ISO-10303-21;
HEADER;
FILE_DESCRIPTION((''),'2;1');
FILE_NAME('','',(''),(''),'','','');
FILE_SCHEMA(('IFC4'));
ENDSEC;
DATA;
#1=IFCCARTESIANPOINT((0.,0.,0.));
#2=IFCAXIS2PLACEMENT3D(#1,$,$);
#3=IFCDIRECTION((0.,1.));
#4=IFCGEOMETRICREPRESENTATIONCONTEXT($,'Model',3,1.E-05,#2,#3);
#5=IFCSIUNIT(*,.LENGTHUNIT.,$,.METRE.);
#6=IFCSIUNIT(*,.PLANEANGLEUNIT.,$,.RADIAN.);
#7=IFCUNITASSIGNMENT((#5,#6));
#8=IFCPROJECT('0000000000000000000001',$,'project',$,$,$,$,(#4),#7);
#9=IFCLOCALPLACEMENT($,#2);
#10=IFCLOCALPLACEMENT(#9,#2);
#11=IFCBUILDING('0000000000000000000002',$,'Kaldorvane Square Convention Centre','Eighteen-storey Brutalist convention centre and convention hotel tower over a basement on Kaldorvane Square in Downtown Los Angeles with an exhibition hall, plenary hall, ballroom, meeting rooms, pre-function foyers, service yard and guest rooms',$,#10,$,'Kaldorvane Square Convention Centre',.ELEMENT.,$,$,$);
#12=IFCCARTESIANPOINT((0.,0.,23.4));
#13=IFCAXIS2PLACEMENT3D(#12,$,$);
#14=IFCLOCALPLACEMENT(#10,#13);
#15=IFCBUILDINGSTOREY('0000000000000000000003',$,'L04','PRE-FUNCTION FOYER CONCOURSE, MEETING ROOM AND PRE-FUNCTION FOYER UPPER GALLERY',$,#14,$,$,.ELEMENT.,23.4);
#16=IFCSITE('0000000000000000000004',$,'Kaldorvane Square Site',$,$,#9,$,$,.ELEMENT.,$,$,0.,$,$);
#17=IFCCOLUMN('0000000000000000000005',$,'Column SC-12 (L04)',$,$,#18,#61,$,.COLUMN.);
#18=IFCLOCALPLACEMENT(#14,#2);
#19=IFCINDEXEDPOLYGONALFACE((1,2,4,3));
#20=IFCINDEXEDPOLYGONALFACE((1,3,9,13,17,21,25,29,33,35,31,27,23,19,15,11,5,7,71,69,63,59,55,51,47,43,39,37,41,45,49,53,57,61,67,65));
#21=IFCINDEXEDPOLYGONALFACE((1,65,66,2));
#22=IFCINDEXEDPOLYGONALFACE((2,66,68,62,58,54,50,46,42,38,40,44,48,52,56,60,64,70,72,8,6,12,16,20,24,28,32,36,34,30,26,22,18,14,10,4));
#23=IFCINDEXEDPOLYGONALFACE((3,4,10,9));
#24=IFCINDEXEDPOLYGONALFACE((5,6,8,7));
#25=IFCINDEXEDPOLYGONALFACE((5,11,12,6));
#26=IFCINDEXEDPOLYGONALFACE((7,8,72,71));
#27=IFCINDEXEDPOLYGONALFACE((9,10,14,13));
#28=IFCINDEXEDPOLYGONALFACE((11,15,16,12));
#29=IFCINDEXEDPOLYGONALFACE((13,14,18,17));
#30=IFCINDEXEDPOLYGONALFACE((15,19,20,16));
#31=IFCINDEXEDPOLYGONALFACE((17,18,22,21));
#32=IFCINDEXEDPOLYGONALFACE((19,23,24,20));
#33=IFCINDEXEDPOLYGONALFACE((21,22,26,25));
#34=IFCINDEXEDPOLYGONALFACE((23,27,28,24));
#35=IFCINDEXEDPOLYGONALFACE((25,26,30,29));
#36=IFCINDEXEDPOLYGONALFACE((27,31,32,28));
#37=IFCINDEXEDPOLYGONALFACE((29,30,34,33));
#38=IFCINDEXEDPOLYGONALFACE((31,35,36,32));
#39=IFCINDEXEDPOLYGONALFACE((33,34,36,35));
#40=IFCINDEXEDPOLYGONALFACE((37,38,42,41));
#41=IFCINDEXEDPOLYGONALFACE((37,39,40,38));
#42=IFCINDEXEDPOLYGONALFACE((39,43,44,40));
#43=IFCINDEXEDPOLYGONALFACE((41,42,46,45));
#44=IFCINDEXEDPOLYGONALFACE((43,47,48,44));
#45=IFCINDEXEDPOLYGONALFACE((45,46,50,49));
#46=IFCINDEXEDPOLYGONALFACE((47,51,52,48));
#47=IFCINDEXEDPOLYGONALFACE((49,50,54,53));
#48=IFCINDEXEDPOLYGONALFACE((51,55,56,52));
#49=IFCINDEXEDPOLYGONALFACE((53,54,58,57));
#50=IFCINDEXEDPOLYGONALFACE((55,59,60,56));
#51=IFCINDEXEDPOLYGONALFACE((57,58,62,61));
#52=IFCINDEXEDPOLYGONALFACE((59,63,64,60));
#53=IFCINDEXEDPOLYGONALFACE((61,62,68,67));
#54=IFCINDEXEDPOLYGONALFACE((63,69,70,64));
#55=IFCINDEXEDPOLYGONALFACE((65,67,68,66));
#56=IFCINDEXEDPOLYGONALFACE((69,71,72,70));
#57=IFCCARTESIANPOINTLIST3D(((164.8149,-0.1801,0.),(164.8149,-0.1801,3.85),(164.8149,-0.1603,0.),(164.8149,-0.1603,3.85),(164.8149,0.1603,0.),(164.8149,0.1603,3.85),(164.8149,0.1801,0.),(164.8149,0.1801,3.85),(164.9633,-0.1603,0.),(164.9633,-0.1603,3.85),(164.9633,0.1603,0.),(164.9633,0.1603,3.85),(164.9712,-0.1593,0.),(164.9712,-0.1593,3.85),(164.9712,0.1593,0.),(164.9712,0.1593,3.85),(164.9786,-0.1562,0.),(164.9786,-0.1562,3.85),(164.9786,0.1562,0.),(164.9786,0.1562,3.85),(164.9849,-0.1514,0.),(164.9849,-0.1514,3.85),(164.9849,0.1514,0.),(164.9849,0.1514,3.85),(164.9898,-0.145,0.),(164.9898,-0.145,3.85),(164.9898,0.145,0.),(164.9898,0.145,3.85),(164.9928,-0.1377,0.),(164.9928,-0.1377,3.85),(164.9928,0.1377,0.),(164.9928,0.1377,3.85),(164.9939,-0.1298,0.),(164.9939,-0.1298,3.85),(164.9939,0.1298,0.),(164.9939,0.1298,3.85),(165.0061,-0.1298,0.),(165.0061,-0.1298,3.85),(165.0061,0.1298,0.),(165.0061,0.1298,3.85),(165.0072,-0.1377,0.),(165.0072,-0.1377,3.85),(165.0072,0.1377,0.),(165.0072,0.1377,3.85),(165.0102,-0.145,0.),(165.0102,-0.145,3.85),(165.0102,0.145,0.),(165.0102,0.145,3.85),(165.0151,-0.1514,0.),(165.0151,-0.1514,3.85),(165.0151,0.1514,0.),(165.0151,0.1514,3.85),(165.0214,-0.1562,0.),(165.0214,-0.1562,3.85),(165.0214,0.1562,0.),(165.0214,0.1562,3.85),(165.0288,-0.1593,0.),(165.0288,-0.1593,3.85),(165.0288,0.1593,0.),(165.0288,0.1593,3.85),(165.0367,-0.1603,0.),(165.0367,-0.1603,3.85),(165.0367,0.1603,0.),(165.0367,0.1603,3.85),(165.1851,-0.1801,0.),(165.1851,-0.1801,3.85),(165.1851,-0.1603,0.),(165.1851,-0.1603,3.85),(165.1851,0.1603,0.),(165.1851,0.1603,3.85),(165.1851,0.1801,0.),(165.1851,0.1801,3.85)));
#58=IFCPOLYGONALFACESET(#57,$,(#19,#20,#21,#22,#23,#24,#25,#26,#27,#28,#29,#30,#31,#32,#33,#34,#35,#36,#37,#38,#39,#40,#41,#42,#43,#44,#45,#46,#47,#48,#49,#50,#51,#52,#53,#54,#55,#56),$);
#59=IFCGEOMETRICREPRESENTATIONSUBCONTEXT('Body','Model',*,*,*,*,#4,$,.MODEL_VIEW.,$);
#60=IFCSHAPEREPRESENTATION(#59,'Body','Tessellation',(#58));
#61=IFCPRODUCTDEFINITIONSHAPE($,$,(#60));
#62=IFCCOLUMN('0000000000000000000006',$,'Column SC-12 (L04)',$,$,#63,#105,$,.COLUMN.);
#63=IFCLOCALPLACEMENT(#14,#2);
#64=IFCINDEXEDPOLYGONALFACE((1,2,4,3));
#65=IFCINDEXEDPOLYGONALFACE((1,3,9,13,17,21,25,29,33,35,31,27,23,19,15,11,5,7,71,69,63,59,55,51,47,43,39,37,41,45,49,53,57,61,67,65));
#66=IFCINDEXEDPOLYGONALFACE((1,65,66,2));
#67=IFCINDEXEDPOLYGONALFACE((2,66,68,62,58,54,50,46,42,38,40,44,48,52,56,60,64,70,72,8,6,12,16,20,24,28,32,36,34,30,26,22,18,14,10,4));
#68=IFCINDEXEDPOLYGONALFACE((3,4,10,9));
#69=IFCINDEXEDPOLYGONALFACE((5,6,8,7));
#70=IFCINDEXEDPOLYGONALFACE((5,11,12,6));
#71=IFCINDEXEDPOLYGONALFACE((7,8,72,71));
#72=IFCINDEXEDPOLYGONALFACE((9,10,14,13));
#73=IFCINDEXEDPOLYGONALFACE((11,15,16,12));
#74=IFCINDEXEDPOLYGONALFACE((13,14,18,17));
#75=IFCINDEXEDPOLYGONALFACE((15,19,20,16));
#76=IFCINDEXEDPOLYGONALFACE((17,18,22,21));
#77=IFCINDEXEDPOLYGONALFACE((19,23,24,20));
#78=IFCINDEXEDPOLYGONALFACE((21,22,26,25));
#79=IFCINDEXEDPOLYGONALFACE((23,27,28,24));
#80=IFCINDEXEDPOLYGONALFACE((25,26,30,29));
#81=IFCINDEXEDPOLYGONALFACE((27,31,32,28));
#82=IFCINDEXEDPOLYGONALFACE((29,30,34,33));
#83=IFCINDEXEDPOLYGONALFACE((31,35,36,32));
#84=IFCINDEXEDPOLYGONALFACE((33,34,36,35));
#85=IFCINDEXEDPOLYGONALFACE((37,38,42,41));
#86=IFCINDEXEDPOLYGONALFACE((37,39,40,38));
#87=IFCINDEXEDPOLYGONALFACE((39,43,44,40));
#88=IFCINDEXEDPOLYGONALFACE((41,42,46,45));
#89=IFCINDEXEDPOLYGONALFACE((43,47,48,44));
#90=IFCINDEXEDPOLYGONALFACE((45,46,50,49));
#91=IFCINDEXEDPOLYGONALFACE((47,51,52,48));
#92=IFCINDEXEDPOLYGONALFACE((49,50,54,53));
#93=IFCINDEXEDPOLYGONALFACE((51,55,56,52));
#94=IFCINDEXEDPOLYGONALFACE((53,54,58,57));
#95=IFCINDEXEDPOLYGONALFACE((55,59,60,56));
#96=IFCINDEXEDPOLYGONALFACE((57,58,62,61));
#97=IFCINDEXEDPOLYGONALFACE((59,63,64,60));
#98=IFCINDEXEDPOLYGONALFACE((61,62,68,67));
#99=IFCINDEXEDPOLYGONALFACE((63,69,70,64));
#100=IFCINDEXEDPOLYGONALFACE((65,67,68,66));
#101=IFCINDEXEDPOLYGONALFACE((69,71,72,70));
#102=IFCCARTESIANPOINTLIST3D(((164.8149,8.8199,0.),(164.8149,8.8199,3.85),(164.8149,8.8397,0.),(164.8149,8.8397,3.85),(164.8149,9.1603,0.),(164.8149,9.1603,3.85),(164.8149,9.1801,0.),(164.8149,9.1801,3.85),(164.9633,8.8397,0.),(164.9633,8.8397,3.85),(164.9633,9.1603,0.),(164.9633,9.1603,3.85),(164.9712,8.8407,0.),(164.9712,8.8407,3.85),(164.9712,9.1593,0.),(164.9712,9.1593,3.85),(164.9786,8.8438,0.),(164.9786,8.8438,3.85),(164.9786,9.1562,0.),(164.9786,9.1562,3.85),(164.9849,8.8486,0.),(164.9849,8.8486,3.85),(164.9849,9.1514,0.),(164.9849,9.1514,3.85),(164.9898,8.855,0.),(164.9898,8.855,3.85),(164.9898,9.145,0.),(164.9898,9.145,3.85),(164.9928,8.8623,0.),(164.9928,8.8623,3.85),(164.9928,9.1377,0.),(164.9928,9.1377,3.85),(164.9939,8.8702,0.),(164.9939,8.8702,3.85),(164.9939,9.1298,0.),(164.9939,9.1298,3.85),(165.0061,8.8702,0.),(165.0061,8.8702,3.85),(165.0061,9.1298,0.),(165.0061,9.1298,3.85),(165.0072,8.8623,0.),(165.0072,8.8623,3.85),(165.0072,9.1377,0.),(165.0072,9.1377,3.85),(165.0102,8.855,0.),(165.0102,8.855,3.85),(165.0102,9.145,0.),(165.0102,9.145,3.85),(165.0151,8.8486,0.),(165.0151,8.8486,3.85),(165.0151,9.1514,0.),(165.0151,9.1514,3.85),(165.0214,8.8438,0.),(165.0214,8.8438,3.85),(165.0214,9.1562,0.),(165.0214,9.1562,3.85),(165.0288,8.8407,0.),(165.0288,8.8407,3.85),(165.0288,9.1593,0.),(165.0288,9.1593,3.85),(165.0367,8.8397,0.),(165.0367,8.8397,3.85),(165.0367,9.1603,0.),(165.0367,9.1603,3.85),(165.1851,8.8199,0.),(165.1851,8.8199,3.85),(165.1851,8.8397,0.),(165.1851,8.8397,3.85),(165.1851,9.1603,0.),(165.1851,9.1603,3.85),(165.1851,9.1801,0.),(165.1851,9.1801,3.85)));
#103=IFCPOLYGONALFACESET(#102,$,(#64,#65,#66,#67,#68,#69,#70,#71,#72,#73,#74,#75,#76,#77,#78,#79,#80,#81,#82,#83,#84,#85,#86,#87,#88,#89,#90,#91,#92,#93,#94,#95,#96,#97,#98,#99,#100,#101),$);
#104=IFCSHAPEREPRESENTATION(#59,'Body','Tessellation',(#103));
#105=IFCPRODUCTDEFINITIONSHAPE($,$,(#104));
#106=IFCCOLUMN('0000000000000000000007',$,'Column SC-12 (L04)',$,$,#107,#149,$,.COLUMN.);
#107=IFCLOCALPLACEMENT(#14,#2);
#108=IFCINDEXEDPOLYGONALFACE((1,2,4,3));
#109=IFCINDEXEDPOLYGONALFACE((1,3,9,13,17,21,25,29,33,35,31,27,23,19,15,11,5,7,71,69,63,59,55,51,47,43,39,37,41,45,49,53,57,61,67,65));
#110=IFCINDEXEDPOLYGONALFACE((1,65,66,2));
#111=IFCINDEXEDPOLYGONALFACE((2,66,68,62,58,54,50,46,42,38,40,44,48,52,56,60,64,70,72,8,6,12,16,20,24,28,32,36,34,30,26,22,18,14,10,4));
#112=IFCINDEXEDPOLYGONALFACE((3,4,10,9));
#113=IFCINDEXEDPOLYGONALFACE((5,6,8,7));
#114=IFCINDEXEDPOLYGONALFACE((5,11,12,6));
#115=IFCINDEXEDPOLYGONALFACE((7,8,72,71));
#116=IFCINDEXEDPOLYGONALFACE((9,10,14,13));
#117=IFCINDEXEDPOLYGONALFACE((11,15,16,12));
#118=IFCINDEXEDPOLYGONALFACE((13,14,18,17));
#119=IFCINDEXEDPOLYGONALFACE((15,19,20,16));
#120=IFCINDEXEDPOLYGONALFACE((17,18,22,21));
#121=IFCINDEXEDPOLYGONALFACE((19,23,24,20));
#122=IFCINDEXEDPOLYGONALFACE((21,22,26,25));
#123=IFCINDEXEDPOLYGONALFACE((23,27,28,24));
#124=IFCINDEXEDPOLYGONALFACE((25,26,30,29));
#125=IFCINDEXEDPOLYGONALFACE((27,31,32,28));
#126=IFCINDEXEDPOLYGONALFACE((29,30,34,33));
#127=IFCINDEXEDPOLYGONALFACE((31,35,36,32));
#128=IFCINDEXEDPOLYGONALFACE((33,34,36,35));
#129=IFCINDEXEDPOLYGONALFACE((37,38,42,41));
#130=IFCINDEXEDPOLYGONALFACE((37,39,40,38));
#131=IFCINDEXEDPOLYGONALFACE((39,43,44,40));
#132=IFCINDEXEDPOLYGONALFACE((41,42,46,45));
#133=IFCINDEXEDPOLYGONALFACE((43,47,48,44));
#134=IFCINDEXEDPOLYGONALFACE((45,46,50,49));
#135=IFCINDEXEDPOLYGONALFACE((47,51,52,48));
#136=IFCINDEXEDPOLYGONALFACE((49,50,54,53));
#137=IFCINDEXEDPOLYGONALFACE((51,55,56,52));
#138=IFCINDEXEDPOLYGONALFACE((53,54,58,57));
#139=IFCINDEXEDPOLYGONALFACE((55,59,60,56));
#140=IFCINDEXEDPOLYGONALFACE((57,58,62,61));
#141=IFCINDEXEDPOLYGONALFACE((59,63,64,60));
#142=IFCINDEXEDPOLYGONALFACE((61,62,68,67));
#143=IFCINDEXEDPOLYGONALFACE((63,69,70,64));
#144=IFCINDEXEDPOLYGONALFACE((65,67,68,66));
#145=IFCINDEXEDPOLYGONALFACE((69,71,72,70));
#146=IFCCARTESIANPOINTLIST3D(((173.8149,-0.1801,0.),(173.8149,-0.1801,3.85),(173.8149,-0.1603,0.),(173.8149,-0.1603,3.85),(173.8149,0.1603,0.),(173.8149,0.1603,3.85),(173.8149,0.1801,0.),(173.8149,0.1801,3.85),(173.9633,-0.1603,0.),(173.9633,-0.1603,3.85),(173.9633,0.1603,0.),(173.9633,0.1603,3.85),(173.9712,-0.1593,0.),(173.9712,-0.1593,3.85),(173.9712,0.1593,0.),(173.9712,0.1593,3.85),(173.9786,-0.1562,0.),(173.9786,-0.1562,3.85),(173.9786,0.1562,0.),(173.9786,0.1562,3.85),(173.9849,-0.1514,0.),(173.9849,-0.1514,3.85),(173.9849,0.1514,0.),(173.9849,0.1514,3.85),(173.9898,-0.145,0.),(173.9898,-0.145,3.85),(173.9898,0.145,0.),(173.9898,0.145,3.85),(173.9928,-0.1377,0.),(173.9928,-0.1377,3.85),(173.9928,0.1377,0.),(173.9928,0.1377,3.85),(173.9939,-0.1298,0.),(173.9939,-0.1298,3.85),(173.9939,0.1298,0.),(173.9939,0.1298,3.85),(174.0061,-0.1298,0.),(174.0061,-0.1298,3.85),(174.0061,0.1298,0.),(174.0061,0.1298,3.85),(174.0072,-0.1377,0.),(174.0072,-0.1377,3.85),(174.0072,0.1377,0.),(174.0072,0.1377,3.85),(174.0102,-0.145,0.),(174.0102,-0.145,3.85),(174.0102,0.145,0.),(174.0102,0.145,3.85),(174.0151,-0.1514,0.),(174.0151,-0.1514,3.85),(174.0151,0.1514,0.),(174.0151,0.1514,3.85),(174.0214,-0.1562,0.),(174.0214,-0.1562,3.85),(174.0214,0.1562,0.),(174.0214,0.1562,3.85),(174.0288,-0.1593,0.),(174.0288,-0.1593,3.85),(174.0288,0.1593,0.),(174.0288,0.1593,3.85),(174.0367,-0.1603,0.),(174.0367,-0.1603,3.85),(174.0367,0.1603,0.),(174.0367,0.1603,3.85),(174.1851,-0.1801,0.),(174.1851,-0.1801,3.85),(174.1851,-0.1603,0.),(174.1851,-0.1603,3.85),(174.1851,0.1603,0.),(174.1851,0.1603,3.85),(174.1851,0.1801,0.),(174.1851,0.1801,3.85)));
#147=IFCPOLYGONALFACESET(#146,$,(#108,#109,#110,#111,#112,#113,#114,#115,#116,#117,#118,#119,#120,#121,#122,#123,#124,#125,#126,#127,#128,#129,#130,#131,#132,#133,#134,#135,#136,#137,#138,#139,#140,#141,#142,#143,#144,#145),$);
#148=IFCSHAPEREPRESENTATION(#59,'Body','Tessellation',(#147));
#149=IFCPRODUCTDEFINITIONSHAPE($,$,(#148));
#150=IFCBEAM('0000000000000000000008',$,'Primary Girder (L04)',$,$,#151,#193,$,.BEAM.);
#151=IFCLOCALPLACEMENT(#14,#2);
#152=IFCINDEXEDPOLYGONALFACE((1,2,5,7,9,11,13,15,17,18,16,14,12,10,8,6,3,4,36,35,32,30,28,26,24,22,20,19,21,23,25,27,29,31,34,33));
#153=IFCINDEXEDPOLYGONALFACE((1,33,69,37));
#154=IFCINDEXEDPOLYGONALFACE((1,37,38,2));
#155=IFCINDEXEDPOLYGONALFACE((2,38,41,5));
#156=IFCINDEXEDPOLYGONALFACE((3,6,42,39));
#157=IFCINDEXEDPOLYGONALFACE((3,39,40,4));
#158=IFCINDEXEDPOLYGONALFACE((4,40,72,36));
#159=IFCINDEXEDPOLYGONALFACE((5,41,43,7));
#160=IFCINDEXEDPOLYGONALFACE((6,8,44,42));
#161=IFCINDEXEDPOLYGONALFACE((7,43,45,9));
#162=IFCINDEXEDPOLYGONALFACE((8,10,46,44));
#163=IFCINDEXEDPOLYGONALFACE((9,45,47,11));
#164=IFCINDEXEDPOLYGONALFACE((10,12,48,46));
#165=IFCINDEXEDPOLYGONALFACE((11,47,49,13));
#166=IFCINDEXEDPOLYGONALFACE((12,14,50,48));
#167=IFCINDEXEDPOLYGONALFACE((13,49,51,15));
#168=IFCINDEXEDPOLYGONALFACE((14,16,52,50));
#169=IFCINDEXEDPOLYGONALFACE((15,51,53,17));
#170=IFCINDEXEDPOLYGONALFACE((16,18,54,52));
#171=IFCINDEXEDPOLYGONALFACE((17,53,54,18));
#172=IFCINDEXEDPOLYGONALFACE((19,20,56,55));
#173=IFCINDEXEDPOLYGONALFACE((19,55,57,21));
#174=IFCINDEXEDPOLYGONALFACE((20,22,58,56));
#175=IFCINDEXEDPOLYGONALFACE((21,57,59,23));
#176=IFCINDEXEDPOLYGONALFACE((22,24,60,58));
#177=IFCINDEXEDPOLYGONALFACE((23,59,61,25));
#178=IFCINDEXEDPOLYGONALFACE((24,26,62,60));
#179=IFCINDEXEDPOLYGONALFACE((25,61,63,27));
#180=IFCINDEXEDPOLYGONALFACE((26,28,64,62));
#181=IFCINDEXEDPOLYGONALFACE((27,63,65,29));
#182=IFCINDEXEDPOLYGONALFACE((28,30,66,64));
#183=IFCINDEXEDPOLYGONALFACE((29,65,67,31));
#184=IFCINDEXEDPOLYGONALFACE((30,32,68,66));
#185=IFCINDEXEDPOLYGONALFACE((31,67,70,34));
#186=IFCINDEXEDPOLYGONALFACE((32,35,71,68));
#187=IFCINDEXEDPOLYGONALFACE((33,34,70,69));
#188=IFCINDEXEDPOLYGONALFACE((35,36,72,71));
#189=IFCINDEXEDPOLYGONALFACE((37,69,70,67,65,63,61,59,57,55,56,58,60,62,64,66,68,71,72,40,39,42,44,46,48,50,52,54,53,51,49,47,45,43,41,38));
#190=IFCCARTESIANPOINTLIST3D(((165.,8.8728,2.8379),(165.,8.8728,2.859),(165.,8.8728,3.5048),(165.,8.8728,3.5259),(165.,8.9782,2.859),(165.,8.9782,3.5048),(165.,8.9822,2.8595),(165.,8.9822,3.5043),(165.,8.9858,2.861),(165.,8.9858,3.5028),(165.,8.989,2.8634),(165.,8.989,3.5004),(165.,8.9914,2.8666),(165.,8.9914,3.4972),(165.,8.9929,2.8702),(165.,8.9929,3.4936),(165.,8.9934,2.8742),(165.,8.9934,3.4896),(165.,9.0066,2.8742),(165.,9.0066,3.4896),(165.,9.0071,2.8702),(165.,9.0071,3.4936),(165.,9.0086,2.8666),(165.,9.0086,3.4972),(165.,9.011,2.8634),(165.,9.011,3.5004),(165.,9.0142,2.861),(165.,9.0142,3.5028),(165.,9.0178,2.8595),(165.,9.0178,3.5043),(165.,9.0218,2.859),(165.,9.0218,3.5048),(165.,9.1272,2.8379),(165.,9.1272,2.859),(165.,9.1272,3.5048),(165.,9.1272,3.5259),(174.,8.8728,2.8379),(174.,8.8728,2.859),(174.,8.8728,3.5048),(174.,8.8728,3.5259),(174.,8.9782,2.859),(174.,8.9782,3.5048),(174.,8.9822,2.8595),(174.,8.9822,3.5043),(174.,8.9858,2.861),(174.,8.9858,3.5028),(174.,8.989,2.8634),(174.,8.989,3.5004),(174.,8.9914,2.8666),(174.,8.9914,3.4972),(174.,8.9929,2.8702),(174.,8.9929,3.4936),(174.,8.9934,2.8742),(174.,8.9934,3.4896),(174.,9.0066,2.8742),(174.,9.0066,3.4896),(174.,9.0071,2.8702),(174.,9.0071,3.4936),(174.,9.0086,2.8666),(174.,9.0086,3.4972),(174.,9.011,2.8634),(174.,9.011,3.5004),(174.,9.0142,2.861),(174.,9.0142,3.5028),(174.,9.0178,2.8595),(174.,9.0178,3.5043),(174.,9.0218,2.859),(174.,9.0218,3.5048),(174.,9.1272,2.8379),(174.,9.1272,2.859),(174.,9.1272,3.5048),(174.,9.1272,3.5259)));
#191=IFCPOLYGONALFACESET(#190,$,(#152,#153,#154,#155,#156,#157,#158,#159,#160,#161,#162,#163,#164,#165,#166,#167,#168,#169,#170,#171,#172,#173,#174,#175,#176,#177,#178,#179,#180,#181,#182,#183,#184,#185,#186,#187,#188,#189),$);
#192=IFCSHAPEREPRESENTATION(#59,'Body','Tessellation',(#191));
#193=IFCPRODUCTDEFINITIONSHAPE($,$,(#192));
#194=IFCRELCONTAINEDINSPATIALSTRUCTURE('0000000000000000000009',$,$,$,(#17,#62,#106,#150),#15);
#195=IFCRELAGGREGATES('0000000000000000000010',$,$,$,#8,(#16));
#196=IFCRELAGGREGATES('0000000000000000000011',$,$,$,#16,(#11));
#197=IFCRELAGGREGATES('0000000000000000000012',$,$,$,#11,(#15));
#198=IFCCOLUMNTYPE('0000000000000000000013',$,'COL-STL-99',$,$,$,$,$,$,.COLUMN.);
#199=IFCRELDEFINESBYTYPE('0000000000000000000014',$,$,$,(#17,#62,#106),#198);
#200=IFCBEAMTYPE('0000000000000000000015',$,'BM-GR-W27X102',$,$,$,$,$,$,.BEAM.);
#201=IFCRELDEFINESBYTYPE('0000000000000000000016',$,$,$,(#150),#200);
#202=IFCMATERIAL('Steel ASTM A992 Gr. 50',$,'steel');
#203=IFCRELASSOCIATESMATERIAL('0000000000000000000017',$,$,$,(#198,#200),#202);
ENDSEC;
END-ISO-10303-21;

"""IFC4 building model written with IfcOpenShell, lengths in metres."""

from ifc_helpers import new_model, si_unit, direction, frame, origin, origin_2d, place, context, subcontext, project, spatial, i_section, extrude, material, material_profile, profile_set, type_object, element, save


model = new_model("IFC4")

# Units and contexts
model_context = context("Model", 3, precision=1e-05, world=origin(), true_north=direction((0.0, 1.0)))
body_context = subcontext(model_context, "Body", "Model", "MODEL_VIEW")
ifc_project = project(units=[si_unit("LENGTHUNIT", "METRE"), si_unit("PLANEANGLEUNIT", "RADIAN")], contexts=[model_context])

# Site, building, storey
site_placement = place(None, origin())
site = spatial("IfcSite", under=ifc_project, at=site_placement, Name="Kaldorvane Square Site", CompositionType="ELEMENT", RefElevation=0.0)
building_placement = place(site_placement, origin())
building = spatial("IfcBuilding", under=site, at=building_placement, Name="Kaldorvane Square Convention Centre", Description="Eighteen-storey Brutalist convention centre and convention hotel tower over a basement on Kaldorvane Square in Downtown Los Angeles with an exhibition hall, plenary hall, ballroom, meeting rooms, pre-function foyers, service yard and guest rooms", LongName="Kaldorvane Square Convention Centre", CompositionType="ELEMENT")
storey_placement = place(building_placement, frame((0.0, 0.0, 23.4)))
storey = spatial("IfcBuildingStorey", under=building, at=storey_placement, Name="L04", Description="PRE-FUNCTION FOYER CONCOURSE, MEETING ROOM AND PRE-FUNCTION FOYER UPPER GALLERY", CompositionType="ELEMENT", Elevation=23.4)

# Columns
ifc_material_1 = material(Name="Steel ASTM A992 Gr. 50", Category="steel")
ifc_material_profile_1 = material_profile(ifc_material_1, i_section(OverallWidth=0.3701, OverallDepth=0.3602, WebThickness=0.0123, FlangeThickness=0.0198, FilletRadius=0.0305, at=origin_2d()), Name="W14X99")
ifc_profile_set_1 = profile_set([ifc_material_profile_1], Name="Steel ASTM A992 Gr. 50")
column_type = type_object("IfcColumnType", Name="COL-STL-99", PredefinedType="COLUMN", material=ifc_profile_set_1)
for number, where, z_axis, x_axis, name in (
    (1, (165.0, 0.0, 0.0), (0.0, 0.0, 1.0), (1.0, 0.0, 0.0), "Column SC-12 (L04)"),
    (2, (165.0, 9.0, 0.0), (0.0, 0.0, 1.0), (1.0, 0.0, 0.0), "Column SC-12 (L04)"),
    (3, (174.0, 0.0, 0.0), (0.0, 0.0, 1.0), (1.0, 0.0, 0.0), "Column SC-12 (L04)"),
):
    element("IfcColumn", number, at=place(storey_placement, frame(where, z_axis=z_axis, x_axis=x_axis)), inside=storey, type_object=column_type, Name=name, PredefinedType="COLUMN", context=body_context, shape_type="SweptSolid", body=[
        extrude(i_section(OverallWidth=0.3701, OverallDepth=0.3602, WebThickness=0.0123, FlangeThickness=0.0198, FilletRadius=0.0305, at=origin_2d()), origin(), (0.0, 0.0, 1.0), 3.85),
    ])

# Beam
ifc_material_profile_2 = material_profile(ifc_material_1, i_section(OverallWidth=0.2544, OverallDepth=0.6881, WebThickness=0.0131, FlangeThickness=0.0211, FilletRadius=0.0152, at=origin_2d()), Name="W27X102")
ifc_profile_set_2 = profile_set([ifc_material_profile_2], Name="Steel ASTM A992 Gr. 50")
beam_type_1 = type_object("IfcBeamType", Name="BM-GR-W27X102", PredefinedType="BEAM", material=ifc_profile_set_2)
beam_1_placement = place(storey_placement, frame((165.0, 9.0, 3.1819), z_axis=(1.0, 0.0, 0.0), x_axis=(0.0, 1.0, 0.0)))
element("IfcBeam", 4, at=beam_1_placement, inside=storey, type_object=beam_type_1, Name="Primary Girder (L04)", PredefinedType="BEAM", context=body_context, shape_type="SweptSolid", body=[
    extrude(i_section(OverallWidth=0.2544, OverallDepth=0.6881, WebThickness=0.0131, FlangeThickness=0.0211, FilletRadius=0.0152, at=origin_2d()), origin(), (0.0, 0.0, 1.0), 9.0),
])

save(model, "model.ifc")
